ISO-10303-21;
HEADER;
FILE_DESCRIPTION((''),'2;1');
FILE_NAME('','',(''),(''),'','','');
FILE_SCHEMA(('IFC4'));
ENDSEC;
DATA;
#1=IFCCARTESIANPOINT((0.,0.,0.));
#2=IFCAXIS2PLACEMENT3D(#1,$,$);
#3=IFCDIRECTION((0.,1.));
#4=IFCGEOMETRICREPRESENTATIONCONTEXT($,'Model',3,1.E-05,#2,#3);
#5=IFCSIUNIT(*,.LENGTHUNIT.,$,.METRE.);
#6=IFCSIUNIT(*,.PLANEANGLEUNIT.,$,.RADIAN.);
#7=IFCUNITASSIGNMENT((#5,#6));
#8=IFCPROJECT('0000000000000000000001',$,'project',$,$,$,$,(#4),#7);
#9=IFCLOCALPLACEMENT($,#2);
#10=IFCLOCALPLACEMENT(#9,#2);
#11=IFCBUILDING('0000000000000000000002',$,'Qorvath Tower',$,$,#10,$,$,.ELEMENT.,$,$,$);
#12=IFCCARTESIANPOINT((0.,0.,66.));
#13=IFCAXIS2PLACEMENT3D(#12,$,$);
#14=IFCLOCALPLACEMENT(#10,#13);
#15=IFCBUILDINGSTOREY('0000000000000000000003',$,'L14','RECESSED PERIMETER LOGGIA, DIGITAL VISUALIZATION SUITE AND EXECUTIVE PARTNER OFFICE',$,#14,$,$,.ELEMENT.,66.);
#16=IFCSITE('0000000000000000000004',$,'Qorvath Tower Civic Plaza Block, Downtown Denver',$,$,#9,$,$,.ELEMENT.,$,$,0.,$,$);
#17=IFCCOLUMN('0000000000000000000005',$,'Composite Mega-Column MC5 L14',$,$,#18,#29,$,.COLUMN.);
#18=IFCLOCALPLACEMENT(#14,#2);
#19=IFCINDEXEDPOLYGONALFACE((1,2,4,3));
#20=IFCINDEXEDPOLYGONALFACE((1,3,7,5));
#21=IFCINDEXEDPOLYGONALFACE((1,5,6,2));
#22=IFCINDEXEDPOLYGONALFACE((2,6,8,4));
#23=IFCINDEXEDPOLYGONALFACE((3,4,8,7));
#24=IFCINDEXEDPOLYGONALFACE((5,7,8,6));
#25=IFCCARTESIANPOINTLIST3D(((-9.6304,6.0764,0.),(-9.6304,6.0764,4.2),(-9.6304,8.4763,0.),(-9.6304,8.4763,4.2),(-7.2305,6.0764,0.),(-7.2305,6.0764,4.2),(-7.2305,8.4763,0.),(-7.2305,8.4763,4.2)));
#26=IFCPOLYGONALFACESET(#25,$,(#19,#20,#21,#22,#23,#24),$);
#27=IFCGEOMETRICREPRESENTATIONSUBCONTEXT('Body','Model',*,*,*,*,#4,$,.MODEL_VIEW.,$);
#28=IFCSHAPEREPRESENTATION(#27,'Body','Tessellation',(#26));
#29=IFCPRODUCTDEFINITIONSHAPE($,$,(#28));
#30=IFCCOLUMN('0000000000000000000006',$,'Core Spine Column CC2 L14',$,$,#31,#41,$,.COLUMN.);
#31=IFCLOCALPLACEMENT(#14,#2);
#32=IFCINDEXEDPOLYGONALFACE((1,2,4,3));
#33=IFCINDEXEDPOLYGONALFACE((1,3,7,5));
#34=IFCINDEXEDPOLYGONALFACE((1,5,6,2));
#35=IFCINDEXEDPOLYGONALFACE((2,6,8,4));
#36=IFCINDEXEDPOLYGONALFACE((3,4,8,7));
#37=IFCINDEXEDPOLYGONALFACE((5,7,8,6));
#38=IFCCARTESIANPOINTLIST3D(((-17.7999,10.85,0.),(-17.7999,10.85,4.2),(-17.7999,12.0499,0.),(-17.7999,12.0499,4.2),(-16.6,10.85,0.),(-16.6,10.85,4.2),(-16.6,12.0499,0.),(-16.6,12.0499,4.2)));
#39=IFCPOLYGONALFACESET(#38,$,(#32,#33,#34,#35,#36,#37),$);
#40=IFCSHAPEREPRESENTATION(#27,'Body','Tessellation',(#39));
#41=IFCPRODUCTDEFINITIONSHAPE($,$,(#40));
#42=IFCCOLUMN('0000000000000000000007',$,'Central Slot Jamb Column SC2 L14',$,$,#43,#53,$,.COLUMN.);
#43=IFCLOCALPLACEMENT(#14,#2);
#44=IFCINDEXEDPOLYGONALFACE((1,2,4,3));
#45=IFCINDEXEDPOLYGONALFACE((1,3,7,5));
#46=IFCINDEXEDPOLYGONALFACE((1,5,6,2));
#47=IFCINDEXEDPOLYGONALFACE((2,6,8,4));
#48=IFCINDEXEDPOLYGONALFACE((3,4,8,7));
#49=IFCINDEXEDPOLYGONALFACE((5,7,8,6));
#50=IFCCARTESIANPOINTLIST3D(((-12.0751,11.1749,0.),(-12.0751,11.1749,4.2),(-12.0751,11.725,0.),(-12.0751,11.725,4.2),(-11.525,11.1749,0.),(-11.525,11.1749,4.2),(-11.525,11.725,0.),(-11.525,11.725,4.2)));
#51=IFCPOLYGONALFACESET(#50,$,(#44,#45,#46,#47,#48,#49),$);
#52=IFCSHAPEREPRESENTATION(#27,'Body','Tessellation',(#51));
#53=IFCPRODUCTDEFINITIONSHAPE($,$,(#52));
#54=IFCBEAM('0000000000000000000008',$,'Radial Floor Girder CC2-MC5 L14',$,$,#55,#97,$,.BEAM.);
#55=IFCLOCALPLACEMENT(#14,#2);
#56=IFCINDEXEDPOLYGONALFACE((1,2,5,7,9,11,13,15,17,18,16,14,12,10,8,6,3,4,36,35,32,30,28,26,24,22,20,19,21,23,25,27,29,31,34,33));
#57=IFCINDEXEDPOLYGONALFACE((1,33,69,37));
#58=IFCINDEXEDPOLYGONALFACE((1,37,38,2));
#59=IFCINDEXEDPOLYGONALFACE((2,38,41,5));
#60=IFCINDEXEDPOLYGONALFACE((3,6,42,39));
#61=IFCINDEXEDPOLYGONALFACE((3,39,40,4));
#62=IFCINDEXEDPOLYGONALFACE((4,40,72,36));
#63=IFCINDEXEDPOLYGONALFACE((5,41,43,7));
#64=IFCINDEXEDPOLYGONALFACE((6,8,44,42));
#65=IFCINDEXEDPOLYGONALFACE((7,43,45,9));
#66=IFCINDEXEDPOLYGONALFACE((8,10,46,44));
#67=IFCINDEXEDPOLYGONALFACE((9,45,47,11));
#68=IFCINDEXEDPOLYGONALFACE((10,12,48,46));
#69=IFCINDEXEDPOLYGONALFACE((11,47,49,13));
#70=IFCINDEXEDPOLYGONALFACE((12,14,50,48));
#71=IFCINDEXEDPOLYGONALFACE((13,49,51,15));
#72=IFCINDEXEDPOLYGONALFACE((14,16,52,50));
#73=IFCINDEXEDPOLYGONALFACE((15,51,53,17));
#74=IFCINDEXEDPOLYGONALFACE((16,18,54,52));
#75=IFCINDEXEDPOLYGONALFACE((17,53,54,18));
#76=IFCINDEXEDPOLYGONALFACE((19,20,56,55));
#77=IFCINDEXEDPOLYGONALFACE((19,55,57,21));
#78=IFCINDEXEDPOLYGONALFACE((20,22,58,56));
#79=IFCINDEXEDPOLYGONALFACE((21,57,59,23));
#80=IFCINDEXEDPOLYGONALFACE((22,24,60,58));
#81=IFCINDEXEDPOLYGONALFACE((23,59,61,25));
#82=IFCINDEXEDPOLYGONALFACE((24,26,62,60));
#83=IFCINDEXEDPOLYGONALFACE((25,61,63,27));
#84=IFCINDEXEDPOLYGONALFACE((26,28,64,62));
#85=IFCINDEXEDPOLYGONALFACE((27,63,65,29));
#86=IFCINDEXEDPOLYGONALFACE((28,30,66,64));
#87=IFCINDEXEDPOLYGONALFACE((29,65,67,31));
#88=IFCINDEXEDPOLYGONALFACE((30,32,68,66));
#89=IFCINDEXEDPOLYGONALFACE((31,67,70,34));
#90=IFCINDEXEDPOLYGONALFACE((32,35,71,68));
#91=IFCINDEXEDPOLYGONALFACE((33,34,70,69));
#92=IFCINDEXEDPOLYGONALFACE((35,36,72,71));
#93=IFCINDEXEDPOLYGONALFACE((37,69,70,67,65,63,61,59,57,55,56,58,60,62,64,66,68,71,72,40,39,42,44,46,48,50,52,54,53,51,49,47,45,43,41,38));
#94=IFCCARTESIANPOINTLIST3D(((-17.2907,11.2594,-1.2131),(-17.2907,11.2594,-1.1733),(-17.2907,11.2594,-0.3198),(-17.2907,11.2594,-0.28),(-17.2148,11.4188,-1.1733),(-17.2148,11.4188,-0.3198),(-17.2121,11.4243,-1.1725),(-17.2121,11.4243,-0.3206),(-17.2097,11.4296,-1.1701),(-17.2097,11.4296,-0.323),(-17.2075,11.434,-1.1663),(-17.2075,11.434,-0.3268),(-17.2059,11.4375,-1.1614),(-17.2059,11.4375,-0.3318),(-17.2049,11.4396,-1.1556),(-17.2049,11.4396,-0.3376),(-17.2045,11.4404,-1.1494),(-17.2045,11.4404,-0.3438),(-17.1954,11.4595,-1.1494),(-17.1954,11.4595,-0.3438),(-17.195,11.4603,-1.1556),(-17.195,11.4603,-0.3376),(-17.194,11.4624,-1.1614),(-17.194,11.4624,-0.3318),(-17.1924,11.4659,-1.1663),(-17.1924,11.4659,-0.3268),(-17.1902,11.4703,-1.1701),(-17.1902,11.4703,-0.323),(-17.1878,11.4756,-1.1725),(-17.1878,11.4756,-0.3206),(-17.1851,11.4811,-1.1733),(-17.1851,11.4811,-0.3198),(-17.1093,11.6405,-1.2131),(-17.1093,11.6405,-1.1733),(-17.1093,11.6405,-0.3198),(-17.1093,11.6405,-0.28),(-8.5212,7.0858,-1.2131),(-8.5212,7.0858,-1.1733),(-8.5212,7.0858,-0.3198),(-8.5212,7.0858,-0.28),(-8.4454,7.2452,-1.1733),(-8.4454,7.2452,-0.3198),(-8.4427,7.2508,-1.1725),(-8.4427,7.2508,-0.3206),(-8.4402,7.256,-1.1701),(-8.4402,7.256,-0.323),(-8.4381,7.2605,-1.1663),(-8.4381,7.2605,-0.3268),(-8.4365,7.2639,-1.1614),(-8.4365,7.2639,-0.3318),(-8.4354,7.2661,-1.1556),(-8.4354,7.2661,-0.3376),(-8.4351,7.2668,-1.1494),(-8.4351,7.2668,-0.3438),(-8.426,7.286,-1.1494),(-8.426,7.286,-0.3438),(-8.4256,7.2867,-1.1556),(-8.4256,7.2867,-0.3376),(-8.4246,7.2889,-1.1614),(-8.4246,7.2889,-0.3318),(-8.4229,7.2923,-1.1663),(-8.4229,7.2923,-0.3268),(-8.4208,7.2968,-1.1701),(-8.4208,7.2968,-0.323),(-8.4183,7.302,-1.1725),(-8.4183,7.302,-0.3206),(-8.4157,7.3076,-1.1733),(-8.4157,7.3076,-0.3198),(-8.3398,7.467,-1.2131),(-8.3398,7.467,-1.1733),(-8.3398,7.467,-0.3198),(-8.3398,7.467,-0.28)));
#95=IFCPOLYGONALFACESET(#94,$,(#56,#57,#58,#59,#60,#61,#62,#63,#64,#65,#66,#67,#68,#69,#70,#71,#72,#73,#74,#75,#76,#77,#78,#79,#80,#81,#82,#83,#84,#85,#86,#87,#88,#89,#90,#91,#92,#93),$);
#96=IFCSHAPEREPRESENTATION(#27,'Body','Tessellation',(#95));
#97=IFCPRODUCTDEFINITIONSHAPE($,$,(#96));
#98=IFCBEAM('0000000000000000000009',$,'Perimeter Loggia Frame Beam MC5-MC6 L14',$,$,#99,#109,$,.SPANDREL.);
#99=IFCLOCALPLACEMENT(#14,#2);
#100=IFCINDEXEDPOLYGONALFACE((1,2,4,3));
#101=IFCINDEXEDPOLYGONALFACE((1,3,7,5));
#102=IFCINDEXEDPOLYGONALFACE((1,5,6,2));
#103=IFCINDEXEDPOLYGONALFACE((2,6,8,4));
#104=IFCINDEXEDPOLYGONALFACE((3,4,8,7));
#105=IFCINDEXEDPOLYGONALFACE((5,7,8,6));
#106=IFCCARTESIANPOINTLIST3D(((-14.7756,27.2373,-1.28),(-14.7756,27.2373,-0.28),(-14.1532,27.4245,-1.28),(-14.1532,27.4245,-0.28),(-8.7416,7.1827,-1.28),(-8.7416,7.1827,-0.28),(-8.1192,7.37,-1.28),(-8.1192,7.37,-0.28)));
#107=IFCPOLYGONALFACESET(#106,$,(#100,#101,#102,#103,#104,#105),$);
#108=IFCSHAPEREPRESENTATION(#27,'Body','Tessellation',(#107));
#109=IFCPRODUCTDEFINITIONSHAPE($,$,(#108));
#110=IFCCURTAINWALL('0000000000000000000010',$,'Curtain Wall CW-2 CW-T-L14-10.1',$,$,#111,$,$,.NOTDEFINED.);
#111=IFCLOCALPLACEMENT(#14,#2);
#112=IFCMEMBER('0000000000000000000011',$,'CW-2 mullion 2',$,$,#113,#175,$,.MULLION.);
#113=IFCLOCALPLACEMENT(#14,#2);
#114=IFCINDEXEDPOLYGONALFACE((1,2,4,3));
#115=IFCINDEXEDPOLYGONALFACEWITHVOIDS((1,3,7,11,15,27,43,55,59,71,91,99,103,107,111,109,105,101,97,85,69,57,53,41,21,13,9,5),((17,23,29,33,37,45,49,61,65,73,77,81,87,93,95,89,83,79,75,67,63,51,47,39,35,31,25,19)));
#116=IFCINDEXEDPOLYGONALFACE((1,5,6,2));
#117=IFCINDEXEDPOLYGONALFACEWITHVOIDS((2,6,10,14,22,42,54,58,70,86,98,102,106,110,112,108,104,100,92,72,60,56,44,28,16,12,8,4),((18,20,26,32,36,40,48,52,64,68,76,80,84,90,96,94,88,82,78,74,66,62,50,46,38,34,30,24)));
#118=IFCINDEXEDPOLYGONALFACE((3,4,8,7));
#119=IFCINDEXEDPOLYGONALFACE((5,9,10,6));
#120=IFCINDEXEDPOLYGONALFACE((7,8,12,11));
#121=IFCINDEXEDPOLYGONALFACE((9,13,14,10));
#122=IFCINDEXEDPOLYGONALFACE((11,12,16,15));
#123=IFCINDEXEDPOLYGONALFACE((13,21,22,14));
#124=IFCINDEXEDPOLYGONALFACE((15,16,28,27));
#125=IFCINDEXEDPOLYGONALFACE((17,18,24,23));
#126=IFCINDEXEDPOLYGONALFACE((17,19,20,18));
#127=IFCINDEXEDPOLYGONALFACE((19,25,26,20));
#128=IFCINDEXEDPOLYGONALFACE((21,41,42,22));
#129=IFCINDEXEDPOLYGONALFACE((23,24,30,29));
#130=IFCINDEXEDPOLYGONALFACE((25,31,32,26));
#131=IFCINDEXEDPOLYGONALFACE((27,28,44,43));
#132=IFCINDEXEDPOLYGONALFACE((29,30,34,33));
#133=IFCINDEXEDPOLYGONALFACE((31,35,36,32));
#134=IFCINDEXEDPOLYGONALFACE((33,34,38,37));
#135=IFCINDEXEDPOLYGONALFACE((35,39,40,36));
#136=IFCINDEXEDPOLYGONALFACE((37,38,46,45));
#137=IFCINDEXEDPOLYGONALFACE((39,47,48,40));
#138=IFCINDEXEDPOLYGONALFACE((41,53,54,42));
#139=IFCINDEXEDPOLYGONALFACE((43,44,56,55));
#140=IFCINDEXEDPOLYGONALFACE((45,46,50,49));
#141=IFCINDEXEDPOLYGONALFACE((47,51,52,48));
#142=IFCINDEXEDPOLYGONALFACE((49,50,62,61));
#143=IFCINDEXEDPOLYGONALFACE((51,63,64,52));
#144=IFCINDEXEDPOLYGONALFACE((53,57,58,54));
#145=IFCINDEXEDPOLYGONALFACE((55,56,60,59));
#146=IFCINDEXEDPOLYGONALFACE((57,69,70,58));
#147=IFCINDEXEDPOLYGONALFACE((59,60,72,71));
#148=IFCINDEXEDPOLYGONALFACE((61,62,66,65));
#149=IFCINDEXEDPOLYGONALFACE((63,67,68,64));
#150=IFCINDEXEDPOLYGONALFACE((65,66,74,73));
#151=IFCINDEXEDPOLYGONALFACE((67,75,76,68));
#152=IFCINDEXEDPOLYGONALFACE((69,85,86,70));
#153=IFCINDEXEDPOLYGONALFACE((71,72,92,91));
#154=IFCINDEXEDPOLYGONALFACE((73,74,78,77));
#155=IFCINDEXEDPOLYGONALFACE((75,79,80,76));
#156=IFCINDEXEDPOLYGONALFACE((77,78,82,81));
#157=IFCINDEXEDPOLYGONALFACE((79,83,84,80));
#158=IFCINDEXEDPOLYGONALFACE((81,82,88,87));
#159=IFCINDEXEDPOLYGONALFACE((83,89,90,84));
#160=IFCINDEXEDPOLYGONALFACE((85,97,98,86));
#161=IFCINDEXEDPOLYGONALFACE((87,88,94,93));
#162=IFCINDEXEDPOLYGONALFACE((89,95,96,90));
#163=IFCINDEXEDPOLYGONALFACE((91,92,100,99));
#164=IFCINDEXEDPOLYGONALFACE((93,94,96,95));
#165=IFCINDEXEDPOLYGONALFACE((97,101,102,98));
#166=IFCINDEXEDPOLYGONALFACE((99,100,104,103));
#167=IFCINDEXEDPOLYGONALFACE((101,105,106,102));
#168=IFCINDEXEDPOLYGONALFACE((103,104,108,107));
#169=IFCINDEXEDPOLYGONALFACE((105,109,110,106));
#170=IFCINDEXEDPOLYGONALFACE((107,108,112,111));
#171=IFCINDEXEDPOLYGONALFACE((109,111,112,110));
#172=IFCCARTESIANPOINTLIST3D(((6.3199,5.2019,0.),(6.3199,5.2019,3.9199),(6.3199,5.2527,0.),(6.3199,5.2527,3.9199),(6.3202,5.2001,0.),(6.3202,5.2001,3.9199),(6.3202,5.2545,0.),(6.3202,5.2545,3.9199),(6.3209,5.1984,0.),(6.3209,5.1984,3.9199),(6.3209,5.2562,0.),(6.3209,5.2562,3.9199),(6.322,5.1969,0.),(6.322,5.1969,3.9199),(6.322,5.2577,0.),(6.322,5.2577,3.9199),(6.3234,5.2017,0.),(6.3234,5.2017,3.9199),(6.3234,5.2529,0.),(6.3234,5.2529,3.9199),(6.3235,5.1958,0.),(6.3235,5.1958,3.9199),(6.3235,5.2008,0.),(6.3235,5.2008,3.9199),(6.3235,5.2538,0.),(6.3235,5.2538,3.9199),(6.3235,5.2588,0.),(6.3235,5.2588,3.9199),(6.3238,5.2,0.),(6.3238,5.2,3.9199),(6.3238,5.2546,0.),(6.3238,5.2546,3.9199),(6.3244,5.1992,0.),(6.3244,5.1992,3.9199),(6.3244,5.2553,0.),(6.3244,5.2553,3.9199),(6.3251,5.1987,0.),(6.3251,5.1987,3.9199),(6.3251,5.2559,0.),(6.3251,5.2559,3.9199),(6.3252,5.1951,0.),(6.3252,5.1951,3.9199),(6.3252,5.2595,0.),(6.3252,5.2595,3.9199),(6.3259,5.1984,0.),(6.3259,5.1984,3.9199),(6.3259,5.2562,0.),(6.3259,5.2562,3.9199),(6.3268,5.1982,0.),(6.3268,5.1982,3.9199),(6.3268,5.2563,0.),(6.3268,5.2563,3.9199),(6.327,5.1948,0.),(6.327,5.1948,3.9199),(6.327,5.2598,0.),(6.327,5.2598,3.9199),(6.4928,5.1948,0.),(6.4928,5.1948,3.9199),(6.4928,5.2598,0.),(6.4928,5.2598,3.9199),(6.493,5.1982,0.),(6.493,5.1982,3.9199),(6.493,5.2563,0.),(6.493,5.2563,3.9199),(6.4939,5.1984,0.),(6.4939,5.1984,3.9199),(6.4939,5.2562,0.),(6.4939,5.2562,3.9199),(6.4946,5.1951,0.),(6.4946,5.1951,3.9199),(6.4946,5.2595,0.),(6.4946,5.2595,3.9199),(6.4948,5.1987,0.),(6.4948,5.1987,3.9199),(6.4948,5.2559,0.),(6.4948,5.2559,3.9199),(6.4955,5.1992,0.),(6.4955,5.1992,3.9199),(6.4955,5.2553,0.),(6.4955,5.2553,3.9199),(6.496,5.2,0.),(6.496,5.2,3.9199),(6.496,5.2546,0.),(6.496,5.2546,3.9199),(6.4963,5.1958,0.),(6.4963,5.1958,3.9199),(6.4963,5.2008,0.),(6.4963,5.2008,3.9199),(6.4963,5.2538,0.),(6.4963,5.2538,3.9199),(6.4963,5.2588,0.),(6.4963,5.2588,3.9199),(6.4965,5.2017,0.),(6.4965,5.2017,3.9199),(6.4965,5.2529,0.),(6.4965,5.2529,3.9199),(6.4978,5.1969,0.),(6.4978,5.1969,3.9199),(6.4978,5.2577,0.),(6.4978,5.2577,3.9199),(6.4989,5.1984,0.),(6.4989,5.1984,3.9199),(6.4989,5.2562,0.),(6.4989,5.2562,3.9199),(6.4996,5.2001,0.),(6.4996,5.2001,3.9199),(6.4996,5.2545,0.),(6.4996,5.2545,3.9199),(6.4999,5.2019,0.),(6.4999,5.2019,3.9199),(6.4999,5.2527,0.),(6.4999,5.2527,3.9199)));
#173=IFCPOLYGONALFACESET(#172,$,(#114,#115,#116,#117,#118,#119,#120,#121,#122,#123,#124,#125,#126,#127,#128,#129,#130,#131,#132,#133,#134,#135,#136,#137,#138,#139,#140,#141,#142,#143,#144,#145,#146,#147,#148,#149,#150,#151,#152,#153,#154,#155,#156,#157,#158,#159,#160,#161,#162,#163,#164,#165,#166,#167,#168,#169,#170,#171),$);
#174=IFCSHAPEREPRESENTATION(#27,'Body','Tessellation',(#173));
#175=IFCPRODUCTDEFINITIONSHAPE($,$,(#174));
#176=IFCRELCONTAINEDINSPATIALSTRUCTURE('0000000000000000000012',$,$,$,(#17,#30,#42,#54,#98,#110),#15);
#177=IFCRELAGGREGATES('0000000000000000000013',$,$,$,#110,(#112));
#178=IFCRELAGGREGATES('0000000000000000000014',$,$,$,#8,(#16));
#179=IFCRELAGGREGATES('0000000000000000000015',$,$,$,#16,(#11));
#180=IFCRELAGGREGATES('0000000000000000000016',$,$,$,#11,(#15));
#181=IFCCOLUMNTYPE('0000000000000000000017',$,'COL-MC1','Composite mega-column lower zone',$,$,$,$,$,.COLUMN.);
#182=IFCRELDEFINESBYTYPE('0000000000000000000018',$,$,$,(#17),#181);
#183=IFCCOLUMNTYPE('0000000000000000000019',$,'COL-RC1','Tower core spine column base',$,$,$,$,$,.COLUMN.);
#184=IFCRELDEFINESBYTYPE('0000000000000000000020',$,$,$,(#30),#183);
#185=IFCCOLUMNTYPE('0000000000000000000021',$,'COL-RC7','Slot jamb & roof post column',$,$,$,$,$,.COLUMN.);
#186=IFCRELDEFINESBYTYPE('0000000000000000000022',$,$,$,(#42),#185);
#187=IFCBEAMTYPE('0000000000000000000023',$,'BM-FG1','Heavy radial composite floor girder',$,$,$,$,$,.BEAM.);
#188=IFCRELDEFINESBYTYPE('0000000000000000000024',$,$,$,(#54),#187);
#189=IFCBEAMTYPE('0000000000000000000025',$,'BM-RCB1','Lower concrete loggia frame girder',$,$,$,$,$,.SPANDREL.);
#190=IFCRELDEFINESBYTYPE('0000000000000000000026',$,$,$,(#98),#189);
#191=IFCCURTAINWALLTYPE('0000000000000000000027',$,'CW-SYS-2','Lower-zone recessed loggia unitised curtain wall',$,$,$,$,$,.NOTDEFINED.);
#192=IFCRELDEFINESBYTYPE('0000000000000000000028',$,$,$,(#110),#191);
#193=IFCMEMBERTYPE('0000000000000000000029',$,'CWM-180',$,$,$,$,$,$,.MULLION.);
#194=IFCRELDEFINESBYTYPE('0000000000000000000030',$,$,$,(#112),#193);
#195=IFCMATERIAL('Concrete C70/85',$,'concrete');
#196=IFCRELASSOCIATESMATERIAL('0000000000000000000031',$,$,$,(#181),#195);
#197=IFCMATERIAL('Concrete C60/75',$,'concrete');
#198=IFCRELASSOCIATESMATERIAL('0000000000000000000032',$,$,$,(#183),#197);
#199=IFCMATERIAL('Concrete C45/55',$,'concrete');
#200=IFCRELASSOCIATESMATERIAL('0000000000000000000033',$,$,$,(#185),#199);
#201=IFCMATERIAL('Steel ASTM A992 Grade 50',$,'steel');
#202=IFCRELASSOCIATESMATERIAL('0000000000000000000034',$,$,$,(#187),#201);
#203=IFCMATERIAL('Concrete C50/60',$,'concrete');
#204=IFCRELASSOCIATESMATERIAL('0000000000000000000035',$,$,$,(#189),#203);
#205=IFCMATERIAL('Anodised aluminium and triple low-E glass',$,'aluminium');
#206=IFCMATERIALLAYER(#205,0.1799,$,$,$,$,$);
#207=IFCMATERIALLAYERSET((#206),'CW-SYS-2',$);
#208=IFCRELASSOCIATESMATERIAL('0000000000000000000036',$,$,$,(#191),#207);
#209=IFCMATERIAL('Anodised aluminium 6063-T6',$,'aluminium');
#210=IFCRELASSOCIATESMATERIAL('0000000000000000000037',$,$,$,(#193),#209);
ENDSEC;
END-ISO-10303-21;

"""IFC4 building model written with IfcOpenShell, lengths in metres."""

from ifc_helpers import new_model, si_unit, direction, frame, origin, origin_2d, place, context, subcontext, project, spatial, rectangle, hollow_rectangle, i_section, extrude, material, layer, layer_set, material_profile, profile_set, type_object, element, aggregate, save


model = new_model("IFC4")

# Units and contexts
model_context = context("Model", 3, precision=1e-05, world=origin(), true_north=direction((0.0, 1.0)))
body_context = subcontext(model_context, "Body", "Model", "MODEL_VIEW")
ifc_project = project(units=[si_unit("LENGTHUNIT", "METRE"), si_unit("PLANEANGLEUNIT", "RADIAN")], contexts=[model_context])

# Site, building, storey
site_placement = place(None, origin())
site = spatial("IfcSite", under=ifc_project, at=site_placement, Name="Qorvath Tower Civic Plaza Block, Downtown Denver", CompositionType="ELEMENT", RefElevation=0.0)
building_placement = place(site_placement, origin())
building = spatial("IfcBuilding", under=site, at=building_placement, Name="Qorvath Tower", CompositionType="ELEMENT")
storey_placement = place(building_placement, frame((0.0, 0.0, 66.0)))
storey = spatial("IfcBuildingStorey", under=building, at=storey_placement, Name="L14", Description="RECESSED PERIMETER LOGGIA, DIGITAL VISUALIZATION SUITE AND EXECUTIVE PARTNER OFFICE", CompositionType="ELEMENT", Elevation=66.0)

# Columns
ifc_material_1 = material(Name="Concrete C70/85", Category="concrete")
ifc_material_profile_1 = material_profile(ifc_material_1, rectangle(XDim=2.3999, YDim=2.3999, at=origin_2d()), Name="MC 2400x2400")
ifc_profile_set_1 = profile_set([ifc_material_profile_1], Name="Concrete C70/85")
column_type_1 = type_object("IfcColumnType", Name="COL-MC1", Description="Composite mega-column lower zone", PredefinedType="COLUMN", material=ifc_profile_set_1)
column_1_placement = place(storey_placement, frame((-8.4304, 7.2764, 0.0), z_axis=(0.0, 0.0, 1.0), x_axis=(1.0, 0.0, 0.0)))
element("IfcColumn", 1, at=column_1_placement, inside=storey, type_object=column_type_1, Name="Composite Mega-Column MC5 L14", PredefinedType="COLUMN", context=body_context, shape_type="SweptSolid", body=[
    extrude(rectangle(XDim=2.3999, YDim=2.3999, at=origin_2d()), origin(), (0.0, 0.0, 1.0), 4.2),
])
ifc_material_2 = material(Name="Concrete C60/75", Category="concrete")
ifc_material_profile_2 = material_profile(ifc_material_2, rectangle(XDim=1.2, YDim=1.2, at=origin_2d()), Name="RC 1200x1200")
ifc_profile_set_2 = profile_set([ifc_material_profile_2], Name="Concrete C60/75")
column_type_2 = type_object("IfcColumnType", Name="COL-RC1", Description="Tower core spine column base", PredefinedType="COLUMN", material=ifc_profile_set_2)
column_2_placement = place(storey_placement, frame((-17.2, 11.45, 0.0), z_axis=(0.0, 0.0, 1.0), x_axis=(1.0, 0.0, 0.0)))
element("IfcColumn", 2, at=column_2_placement, inside=storey, type_object=column_type_2, Name="Core Spine Column CC2 L14", PredefinedType="COLUMN", context=body_context, shape_type="SweptSolid", body=[
    extrude(rectangle(XDim=1.2, YDim=1.2, at=origin_2d()), origin(), (0.0, 0.0, 1.0), 4.2),
])
ifc_material_3 = material(Name="Concrete C45/55", Category="concrete")
ifc_material_profile_3 = material_profile(ifc_material_3, rectangle(XDim=0.55, YDim=0.55, at=origin_2d()), Name="RC 550x550")
ifc_profile_set_3 = profile_set([ifc_material_profile_3], Name="Concrete C45/55")
column_type_3 = type_object("IfcColumnType", Name="COL-RC7", Description="Slot jamb & roof post column", PredefinedType="COLUMN", material=ifc_profile_set_3)
column_3_placement = place(storey_placement, frame((-11.8, 11.45, 0.0), z_axis=(0.0, 0.0, 1.0), x_axis=(1.0, 0.0, 0.0)))
element("IfcColumn", 3, at=column_3_placement, inside=storey, type_object=column_type_3, Name="Central Slot Jamb Column SC2 L14", PredefinedType="COLUMN", context=body_context, shape_type="SweptSolid", body=[
    extrude(rectangle(XDim=0.55, YDim=0.55, at=origin_2d()), origin(), (0.0, 0.0, 1.0), 4.2),
])

# Beams
ifc_material_4 = material(Name="Steel ASTM A992 Grade 50", Category="steel")
ifc_material_profile_4 = material_profile(ifc_material_4, i_section(OverallWidth=0.4221, OverallDepth=0.9331, WebThickness=0.0212, FlangeThickness=0.0398, FilletRadius=0.0239, at=origin_2d()), Name="W36x262")
ifc_profile_set_4 = profile_set([ifc_material_profile_4], Name="Steel ASTM A992 Grade 50")
beam_type_1 = type_object("IfcBeamType", Name="BM-FG1", Description="Heavy radial composite floor girder", PredefinedType="BEAM", material=ifc_profile_set_4)
beam_1_placement = place(storey_placement, frame((-17.2, 11.45, -0.7466), z_axis=(0.902956, -0.429734, 0.0), x_axis=(0.429734, 0.902956, 0.0)))
element("IfcBeam", 4, at=beam_1_placement, inside=storey, type_object=beam_type_1, Name="Radial Floor Girder CC2-MC5 L14", PredefinedType="BEAM", context=body_context, shape_type="SweptSolid", body=[
    extrude(i_section(OverallWidth=0.4221, OverallDepth=0.9331, WebThickness=0.0212, FlangeThickness=0.0398, FilletRadius=0.0239, at=origin_2d()), origin(), (0.0, 0.0, 1.0), 9.7119),
])
ifc_material_5 = material(Name="Concrete C50/60", Category="concrete")
ifc_material_profile_5 = material_profile(ifc_material_5, rectangle(XDim=0.6499, YDim=1.0, at=origin_2d()), Name="RCB 1000x650")
ifc_profile_set_5 = profile_set([ifc_material_profile_5], Name="Concrete C50/60")
beam_type_2 = type_object("IfcBeamType", Name="BM-RCB1", Description="Lower concrete loggia frame girder", PredefinedType="SPANDREL", material=ifc_profile_set_5)
beam_2_placement = place(storey_placement, frame((-8.4304, 7.2764, -0.78), z_axis=(-0.288119, 0.957595, 0.0), x_axis=(-0.957595, -0.288119, 0.0)))
element("IfcBeam", 5, at=beam_2_placement, inside=storey, type_object=beam_type_2, Name="Perimeter Loggia Frame Beam MC5-MC6 L14", PredefinedType="SPANDREL", context=body_context, shape_type="SweptSolid", body=[
    extrude(rectangle(XDim=0.6499, YDim=1.0, at=origin_2d()), origin(), (0.0, 0.0, 1.0), 20.9426),
])

# Curtain wall, member
ifc_material_6 = material(Name="Anodised aluminium and triple low-E glass", Category="aluminium")
ifc_layer_1 = layer(ifc_material_6, 0.1799)
ifc_layer_set_1 = layer_set([ifc_layer_1], Name="CW-SYS-2")
curtain_wall_type = type_object("IfcCurtainWallType", Name="CW-SYS-2", Description="Lower-zone recessed loggia unitised curtain wall", PredefinedType="NOTDEFINED", material=ifc_layer_set_1)
curtain_wall_1_placement = place(storey_placement, origin())
curtain_wall_1 = element("IfcCurtainWall", 6, at=curtain_wall_1_placement, inside=storey, type_object=curtain_wall_type, Name="Curtain Wall CW-2 CW-T-L14-10.1", PredefinedType="NOTDEFINED")
ifc_material_7 = material(Name="Anodised aluminium 6063-T6", Category="aluminium")
ifc_material_profile_6 = material_profile(ifc_material_7, hollow_rectangle(XDim=0.0649, YDim=0.1799, WallThickness=0.0034, InnerFilletRadius=0.0034, OuterFilletRadius=0.0071, at=origin_2d()), Name="CWM 180x65")
ifc_profile_set_6 = profile_set([ifc_material_profile_6], Name="Anodised aluminium 6063-T6")
member_type_1 = type_object("IfcMemberType", Name="CWM-180", PredefinedType="MULLION", material=ifc_profile_set_6)
member_1_placement = place(storey_placement, frame((6.4099, 5.2273, 0.0), z_axis=(0.0, 0.0, 1.0), x_axis=(0.0, 1.0, 0.0)))
member_1 = element("IfcMember", 7, at=member_1_placement, type_object=member_type_1, Name="CW-2 mullion 2", PredefinedType="MULLION", context=body_context, shape_type="SweptSolid", body=[
    extrude(hollow_rectangle(XDim=0.0649, YDim=0.1799, WallThickness=0.0034, InnerFilletRadius=0.0034, OuterFilletRadius=0.0071, at=origin_2d()), origin(), (0.0, 0.0, 1.0), 3.9199),
])

aggregate(curtain_wall_1, [member_1])

save(model, "model.ifc")
